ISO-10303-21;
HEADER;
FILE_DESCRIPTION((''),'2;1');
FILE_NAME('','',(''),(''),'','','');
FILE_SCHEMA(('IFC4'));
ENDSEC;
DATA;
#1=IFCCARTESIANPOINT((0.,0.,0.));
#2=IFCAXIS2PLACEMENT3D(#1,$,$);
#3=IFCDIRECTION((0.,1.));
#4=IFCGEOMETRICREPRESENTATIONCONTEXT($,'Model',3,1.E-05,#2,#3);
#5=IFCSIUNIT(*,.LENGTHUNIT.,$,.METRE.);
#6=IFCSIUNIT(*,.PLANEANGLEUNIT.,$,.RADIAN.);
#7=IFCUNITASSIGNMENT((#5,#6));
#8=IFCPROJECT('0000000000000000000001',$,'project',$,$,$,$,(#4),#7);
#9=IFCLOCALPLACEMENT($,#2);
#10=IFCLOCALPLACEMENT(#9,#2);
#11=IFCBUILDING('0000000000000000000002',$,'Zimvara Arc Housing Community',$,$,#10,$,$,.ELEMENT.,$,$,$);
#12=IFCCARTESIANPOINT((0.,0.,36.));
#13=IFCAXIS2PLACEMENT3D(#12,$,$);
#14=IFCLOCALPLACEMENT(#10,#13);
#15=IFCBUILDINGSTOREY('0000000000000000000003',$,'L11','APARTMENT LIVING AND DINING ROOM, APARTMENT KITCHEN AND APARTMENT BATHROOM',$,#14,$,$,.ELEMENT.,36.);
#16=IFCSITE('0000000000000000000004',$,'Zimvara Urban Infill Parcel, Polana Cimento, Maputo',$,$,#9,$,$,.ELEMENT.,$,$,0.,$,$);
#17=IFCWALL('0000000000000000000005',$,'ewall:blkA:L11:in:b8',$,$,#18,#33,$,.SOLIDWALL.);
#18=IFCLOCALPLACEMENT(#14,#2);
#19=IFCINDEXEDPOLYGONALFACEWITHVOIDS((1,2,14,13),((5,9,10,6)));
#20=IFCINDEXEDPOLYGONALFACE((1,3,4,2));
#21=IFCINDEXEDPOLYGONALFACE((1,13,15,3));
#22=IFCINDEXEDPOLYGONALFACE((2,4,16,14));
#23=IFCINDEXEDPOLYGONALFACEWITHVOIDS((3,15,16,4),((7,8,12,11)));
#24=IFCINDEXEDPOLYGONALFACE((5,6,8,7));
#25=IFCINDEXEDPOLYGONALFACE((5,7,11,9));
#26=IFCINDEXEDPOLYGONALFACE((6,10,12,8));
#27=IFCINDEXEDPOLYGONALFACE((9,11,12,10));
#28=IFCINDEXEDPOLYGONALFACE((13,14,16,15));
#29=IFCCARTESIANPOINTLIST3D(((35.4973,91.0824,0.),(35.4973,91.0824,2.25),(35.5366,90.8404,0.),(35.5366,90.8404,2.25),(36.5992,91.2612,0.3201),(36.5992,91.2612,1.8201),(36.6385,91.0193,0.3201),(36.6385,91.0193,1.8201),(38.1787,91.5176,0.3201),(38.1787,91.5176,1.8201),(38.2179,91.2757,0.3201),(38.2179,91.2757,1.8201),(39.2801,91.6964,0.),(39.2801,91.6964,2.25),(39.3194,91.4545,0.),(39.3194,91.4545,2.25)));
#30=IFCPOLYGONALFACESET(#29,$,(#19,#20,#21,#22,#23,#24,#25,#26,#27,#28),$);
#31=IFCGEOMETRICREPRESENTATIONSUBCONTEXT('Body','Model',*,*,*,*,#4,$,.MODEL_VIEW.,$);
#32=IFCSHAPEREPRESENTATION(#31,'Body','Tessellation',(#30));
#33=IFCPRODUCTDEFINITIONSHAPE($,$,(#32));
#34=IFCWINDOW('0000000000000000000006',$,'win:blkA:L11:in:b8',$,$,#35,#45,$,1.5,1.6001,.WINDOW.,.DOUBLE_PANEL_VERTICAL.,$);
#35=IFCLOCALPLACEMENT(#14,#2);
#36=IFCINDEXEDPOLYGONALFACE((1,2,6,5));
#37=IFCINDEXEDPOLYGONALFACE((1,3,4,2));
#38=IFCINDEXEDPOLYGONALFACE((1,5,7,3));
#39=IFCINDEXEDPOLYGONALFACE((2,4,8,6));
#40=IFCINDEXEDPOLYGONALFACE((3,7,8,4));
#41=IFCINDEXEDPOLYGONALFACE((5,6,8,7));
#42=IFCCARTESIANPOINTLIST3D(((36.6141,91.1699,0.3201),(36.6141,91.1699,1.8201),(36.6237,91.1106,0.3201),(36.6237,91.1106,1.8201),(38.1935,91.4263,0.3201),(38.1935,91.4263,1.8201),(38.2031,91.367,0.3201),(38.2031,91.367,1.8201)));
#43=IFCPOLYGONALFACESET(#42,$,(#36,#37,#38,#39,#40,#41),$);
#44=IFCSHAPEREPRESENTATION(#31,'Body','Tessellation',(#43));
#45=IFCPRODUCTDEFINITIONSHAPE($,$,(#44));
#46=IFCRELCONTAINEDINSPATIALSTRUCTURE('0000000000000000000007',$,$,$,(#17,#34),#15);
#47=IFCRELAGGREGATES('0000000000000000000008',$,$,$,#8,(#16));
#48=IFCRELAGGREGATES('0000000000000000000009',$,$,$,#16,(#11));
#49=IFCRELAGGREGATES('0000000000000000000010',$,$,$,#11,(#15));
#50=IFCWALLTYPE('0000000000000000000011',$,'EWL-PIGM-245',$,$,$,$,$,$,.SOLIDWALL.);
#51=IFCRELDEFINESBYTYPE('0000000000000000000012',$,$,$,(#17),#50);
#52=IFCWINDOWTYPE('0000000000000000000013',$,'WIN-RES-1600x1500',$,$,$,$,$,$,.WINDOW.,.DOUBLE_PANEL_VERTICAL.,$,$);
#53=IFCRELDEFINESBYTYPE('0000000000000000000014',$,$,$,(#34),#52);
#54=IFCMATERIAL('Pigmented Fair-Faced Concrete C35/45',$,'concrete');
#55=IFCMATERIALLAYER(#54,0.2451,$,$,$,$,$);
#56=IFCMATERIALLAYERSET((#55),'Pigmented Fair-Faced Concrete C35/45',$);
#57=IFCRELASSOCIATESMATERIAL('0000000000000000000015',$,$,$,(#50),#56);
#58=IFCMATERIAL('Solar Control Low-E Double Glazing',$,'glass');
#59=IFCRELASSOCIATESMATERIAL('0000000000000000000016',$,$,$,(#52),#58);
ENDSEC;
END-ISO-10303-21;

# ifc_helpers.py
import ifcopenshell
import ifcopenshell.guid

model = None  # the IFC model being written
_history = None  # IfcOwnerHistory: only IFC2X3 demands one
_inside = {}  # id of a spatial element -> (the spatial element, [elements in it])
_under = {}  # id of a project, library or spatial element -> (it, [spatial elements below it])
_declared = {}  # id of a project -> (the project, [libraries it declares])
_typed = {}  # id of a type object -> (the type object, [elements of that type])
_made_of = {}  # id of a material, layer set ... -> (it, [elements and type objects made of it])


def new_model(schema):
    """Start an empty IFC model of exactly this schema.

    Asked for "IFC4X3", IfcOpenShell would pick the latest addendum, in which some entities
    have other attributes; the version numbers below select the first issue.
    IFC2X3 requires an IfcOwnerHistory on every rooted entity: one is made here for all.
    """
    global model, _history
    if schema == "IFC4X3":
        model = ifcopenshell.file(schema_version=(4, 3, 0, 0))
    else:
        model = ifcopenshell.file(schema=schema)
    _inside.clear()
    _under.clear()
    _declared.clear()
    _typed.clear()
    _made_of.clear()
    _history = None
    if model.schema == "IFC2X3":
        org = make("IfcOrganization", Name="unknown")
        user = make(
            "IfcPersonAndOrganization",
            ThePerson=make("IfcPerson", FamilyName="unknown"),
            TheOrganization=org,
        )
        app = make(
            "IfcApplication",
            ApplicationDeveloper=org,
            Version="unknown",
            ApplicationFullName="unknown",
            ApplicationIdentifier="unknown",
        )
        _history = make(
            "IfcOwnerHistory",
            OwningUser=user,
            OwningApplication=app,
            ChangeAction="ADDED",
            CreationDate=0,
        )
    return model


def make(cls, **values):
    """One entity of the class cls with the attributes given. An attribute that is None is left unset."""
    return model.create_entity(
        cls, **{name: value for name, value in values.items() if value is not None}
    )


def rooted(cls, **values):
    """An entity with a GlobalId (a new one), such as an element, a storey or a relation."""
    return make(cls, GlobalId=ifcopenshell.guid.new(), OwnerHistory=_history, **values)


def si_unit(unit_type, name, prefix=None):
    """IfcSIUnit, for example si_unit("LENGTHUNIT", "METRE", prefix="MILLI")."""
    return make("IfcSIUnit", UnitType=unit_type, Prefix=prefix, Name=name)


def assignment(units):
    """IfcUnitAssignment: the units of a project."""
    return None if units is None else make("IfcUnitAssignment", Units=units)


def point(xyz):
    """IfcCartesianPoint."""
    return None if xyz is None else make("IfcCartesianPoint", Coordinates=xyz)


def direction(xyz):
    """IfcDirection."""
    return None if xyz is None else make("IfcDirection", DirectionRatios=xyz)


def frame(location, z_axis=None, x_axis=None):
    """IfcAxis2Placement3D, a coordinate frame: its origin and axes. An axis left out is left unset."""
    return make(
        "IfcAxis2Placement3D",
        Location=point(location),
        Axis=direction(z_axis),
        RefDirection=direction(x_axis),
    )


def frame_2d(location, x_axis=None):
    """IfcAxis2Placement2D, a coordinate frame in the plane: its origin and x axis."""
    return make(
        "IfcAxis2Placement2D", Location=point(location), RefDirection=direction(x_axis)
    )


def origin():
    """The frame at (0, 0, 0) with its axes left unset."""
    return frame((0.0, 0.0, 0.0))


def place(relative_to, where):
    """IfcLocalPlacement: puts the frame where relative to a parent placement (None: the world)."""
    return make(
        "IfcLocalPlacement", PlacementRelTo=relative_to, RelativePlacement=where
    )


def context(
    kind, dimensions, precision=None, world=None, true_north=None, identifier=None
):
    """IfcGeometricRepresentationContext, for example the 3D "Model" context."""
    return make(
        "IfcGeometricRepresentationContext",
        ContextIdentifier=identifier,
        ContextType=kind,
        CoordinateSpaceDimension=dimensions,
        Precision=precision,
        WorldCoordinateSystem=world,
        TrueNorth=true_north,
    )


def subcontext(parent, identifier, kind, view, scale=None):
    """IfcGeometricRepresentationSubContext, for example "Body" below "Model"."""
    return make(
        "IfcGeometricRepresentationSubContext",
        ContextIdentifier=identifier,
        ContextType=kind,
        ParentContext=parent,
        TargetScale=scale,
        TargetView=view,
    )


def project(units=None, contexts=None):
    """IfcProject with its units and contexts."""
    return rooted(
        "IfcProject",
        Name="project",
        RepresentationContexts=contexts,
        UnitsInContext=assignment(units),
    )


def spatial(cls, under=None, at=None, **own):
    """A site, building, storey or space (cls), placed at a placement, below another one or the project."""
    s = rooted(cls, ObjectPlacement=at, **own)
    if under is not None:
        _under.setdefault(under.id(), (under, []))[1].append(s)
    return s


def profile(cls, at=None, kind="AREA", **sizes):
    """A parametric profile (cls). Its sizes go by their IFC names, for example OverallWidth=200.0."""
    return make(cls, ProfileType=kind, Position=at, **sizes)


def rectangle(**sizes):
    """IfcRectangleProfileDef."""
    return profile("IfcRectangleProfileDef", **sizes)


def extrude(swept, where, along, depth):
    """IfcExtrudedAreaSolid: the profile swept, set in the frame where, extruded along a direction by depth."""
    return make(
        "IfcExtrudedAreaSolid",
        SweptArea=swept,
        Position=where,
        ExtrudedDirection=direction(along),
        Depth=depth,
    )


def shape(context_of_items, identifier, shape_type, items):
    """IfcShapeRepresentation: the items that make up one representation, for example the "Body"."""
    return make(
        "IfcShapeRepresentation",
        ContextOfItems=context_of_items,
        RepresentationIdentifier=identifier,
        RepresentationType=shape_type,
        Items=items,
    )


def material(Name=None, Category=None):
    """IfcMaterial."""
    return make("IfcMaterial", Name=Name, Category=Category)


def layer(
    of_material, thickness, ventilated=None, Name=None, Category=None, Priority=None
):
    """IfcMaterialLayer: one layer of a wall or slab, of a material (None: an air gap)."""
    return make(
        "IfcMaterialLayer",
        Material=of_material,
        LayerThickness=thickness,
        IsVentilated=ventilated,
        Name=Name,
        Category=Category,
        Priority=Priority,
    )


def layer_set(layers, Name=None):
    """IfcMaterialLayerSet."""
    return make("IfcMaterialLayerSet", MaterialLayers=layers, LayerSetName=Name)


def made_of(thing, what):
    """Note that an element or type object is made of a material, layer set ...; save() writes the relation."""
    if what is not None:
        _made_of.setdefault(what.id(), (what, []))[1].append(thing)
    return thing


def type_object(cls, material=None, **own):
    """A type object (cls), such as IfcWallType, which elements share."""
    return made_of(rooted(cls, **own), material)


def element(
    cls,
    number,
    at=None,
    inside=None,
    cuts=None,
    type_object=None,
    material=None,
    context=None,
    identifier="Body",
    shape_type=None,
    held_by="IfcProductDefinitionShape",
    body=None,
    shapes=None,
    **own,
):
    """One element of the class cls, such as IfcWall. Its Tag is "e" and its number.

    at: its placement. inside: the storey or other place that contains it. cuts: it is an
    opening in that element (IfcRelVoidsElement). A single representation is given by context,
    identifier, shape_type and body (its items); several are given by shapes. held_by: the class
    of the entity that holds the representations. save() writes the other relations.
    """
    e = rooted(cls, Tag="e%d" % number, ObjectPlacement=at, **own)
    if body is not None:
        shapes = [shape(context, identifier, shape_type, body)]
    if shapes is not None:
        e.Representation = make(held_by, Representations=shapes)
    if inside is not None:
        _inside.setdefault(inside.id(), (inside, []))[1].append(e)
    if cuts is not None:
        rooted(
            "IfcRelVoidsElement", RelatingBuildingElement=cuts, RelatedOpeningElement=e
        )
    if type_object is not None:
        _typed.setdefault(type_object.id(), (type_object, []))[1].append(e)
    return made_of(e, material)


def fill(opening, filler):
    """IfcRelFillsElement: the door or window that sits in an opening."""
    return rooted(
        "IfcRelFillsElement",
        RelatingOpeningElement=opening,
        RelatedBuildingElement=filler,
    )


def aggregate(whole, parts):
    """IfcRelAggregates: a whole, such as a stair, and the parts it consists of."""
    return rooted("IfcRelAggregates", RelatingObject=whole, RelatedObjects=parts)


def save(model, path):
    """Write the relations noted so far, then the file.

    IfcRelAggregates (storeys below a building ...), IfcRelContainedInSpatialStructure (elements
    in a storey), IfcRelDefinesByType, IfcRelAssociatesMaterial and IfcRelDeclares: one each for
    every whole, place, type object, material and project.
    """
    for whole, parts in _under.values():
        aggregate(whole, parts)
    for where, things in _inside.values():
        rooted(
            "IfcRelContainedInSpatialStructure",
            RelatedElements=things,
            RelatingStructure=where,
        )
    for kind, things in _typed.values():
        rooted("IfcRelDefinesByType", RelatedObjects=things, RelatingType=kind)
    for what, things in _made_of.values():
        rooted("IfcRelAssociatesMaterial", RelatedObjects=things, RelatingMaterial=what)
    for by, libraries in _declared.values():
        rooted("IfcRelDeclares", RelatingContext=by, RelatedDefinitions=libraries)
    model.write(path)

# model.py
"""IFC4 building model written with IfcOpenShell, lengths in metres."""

from ifc_helpers import new_model, si_unit, direction, frame, frame_2d, origin, place, context, subcontext, project, spatial, rectangle, extrude, material, layer, layer_set, type_object, element, fill, save


model = new_model("IFC4")

# Units and contexts
model_context = context("Model", 3, precision=1e-05, world=origin(), true_north=direction((0.0, 1.0)))
body_context = subcontext(model_context, "Body", "Model", "MODEL_VIEW")
ifc_project = project(units=[si_unit("LENGTHUNIT", "METRE"), si_unit("PLANEANGLEUNIT", "RADIAN")], contexts=[model_context])

# Site, building, storey
site_placement = place(None, origin())
site = spatial("IfcSite", under=ifc_project, at=site_placement, Name="Zimvara Urban Infill Parcel, Polana Cimento, Maputo", CompositionType="ELEMENT", RefElevation=0.0)
building_placement = place(site_placement, origin())
building = spatial("IfcBuilding", under=site, at=building_placement, Name="Zimvara Arc Housing Community", CompositionType="ELEMENT")
storey_placement = place(building_placement, frame((0.0, 0.0, 36.0)))
storey = spatial("IfcBuildingStorey", under=building, at=storey_placement, Name="L11", Description="APARTMENT LIVING AND DINING ROOM, APARTMENT KITCHEN AND APARTMENT BATHROOM", CompositionType="ELEMENT", Elevation=36.0)

# Wall, opening, window
ifc_material_1 = material(Name="Pigmented Fair-Faced Concrete C35/45", Category="concrete")
ifc_layer_1 = layer(ifc_material_1, 0.2451)
ifc_layer_set_1 = layer_set([ifc_layer_1], Name="Pigmented Fair-Faced Concrete C35/45")
wall_type_1 = type_object("IfcWallType", Name="EWL-PIGM-245", PredefinedType="SOLIDWALL", material=ifc_layer_set_1)
wall_1_placement = place(storey_placement, frame((35.5171, 90.9614, 0.0), z_axis=(0.0, 0.0, 1.0), x_axis=(0.987081, 0.160224, 0.0)))
wall_1 = element("IfcWall", 1, at=wall_1_placement, inside=storey, type_object=wall_type_1, Name="ewall:blkA:L11:in:b8", PredefinedType="SOLIDWALL", context=body_context, shape_type="SweptSolid", body=[
    extrude(rectangle(XDim=3.8323, YDim=0.2451, at=frame_2d((1.916, 0.0))), origin(), (0.0, 0.0, 1.0), 2.25),
])
opening_placement = place(wall_1_placement, frame((1.1162, 0.0, 0.3201)))
opening = element("IfcOpeningElement", 2, at=opening_placement, cuts=wall_1, PredefinedType="OPENING", context=body_context, shape_type="SweptSolid", body=[
    extrude(rectangle(XDim=1.6001, YDim=1.5, at=frame_2d((0.8, 0.75))), frame((0.0, 0.1326, 0.0), z_axis=(0.0, -1.0, 0.0), x_axis=(1.0, 0.0, 0.0)), (0.0, 0.0, 1.0), 0.2651),
])
ifc_material_2 = material(Name="Solar Control Low-E Double Glazing", Category="glass")
window_type = type_object("IfcWindowType", Name="WIN-RES-1600x1500", PartitioningType="DOUBLE_PANEL_VERTICAL", PredefinedType="WINDOW", material=ifc_material_2)
window_placement = place(opening_placement, origin())
window = element("IfcWindow", 3, at=window_placement, inside=storey, type_object=window_type, Name="win:blkA:L11:in:b8", OverallHeight=1.5, OverallWidth=1.6001, PartitioningType="DOUBLE_PANEL_VERTICAL", PredefinedType="WINDOW", context=body_context, shape_type="SweptSolid", body=[
    extrude(rectangle(XDim=1.6001, YDim=1.5, at=frame_2d((0.8, 0.75))), frame((0.0, 0.03, 0.0), z_axis=(0.0, -1.0, 0.0), x_axis=(1.0, 0.0, 0.0)), (0.0, 0.0, 1.0), 0.0601),
])
fill(opening, window)

save(model, "model.ifc")
